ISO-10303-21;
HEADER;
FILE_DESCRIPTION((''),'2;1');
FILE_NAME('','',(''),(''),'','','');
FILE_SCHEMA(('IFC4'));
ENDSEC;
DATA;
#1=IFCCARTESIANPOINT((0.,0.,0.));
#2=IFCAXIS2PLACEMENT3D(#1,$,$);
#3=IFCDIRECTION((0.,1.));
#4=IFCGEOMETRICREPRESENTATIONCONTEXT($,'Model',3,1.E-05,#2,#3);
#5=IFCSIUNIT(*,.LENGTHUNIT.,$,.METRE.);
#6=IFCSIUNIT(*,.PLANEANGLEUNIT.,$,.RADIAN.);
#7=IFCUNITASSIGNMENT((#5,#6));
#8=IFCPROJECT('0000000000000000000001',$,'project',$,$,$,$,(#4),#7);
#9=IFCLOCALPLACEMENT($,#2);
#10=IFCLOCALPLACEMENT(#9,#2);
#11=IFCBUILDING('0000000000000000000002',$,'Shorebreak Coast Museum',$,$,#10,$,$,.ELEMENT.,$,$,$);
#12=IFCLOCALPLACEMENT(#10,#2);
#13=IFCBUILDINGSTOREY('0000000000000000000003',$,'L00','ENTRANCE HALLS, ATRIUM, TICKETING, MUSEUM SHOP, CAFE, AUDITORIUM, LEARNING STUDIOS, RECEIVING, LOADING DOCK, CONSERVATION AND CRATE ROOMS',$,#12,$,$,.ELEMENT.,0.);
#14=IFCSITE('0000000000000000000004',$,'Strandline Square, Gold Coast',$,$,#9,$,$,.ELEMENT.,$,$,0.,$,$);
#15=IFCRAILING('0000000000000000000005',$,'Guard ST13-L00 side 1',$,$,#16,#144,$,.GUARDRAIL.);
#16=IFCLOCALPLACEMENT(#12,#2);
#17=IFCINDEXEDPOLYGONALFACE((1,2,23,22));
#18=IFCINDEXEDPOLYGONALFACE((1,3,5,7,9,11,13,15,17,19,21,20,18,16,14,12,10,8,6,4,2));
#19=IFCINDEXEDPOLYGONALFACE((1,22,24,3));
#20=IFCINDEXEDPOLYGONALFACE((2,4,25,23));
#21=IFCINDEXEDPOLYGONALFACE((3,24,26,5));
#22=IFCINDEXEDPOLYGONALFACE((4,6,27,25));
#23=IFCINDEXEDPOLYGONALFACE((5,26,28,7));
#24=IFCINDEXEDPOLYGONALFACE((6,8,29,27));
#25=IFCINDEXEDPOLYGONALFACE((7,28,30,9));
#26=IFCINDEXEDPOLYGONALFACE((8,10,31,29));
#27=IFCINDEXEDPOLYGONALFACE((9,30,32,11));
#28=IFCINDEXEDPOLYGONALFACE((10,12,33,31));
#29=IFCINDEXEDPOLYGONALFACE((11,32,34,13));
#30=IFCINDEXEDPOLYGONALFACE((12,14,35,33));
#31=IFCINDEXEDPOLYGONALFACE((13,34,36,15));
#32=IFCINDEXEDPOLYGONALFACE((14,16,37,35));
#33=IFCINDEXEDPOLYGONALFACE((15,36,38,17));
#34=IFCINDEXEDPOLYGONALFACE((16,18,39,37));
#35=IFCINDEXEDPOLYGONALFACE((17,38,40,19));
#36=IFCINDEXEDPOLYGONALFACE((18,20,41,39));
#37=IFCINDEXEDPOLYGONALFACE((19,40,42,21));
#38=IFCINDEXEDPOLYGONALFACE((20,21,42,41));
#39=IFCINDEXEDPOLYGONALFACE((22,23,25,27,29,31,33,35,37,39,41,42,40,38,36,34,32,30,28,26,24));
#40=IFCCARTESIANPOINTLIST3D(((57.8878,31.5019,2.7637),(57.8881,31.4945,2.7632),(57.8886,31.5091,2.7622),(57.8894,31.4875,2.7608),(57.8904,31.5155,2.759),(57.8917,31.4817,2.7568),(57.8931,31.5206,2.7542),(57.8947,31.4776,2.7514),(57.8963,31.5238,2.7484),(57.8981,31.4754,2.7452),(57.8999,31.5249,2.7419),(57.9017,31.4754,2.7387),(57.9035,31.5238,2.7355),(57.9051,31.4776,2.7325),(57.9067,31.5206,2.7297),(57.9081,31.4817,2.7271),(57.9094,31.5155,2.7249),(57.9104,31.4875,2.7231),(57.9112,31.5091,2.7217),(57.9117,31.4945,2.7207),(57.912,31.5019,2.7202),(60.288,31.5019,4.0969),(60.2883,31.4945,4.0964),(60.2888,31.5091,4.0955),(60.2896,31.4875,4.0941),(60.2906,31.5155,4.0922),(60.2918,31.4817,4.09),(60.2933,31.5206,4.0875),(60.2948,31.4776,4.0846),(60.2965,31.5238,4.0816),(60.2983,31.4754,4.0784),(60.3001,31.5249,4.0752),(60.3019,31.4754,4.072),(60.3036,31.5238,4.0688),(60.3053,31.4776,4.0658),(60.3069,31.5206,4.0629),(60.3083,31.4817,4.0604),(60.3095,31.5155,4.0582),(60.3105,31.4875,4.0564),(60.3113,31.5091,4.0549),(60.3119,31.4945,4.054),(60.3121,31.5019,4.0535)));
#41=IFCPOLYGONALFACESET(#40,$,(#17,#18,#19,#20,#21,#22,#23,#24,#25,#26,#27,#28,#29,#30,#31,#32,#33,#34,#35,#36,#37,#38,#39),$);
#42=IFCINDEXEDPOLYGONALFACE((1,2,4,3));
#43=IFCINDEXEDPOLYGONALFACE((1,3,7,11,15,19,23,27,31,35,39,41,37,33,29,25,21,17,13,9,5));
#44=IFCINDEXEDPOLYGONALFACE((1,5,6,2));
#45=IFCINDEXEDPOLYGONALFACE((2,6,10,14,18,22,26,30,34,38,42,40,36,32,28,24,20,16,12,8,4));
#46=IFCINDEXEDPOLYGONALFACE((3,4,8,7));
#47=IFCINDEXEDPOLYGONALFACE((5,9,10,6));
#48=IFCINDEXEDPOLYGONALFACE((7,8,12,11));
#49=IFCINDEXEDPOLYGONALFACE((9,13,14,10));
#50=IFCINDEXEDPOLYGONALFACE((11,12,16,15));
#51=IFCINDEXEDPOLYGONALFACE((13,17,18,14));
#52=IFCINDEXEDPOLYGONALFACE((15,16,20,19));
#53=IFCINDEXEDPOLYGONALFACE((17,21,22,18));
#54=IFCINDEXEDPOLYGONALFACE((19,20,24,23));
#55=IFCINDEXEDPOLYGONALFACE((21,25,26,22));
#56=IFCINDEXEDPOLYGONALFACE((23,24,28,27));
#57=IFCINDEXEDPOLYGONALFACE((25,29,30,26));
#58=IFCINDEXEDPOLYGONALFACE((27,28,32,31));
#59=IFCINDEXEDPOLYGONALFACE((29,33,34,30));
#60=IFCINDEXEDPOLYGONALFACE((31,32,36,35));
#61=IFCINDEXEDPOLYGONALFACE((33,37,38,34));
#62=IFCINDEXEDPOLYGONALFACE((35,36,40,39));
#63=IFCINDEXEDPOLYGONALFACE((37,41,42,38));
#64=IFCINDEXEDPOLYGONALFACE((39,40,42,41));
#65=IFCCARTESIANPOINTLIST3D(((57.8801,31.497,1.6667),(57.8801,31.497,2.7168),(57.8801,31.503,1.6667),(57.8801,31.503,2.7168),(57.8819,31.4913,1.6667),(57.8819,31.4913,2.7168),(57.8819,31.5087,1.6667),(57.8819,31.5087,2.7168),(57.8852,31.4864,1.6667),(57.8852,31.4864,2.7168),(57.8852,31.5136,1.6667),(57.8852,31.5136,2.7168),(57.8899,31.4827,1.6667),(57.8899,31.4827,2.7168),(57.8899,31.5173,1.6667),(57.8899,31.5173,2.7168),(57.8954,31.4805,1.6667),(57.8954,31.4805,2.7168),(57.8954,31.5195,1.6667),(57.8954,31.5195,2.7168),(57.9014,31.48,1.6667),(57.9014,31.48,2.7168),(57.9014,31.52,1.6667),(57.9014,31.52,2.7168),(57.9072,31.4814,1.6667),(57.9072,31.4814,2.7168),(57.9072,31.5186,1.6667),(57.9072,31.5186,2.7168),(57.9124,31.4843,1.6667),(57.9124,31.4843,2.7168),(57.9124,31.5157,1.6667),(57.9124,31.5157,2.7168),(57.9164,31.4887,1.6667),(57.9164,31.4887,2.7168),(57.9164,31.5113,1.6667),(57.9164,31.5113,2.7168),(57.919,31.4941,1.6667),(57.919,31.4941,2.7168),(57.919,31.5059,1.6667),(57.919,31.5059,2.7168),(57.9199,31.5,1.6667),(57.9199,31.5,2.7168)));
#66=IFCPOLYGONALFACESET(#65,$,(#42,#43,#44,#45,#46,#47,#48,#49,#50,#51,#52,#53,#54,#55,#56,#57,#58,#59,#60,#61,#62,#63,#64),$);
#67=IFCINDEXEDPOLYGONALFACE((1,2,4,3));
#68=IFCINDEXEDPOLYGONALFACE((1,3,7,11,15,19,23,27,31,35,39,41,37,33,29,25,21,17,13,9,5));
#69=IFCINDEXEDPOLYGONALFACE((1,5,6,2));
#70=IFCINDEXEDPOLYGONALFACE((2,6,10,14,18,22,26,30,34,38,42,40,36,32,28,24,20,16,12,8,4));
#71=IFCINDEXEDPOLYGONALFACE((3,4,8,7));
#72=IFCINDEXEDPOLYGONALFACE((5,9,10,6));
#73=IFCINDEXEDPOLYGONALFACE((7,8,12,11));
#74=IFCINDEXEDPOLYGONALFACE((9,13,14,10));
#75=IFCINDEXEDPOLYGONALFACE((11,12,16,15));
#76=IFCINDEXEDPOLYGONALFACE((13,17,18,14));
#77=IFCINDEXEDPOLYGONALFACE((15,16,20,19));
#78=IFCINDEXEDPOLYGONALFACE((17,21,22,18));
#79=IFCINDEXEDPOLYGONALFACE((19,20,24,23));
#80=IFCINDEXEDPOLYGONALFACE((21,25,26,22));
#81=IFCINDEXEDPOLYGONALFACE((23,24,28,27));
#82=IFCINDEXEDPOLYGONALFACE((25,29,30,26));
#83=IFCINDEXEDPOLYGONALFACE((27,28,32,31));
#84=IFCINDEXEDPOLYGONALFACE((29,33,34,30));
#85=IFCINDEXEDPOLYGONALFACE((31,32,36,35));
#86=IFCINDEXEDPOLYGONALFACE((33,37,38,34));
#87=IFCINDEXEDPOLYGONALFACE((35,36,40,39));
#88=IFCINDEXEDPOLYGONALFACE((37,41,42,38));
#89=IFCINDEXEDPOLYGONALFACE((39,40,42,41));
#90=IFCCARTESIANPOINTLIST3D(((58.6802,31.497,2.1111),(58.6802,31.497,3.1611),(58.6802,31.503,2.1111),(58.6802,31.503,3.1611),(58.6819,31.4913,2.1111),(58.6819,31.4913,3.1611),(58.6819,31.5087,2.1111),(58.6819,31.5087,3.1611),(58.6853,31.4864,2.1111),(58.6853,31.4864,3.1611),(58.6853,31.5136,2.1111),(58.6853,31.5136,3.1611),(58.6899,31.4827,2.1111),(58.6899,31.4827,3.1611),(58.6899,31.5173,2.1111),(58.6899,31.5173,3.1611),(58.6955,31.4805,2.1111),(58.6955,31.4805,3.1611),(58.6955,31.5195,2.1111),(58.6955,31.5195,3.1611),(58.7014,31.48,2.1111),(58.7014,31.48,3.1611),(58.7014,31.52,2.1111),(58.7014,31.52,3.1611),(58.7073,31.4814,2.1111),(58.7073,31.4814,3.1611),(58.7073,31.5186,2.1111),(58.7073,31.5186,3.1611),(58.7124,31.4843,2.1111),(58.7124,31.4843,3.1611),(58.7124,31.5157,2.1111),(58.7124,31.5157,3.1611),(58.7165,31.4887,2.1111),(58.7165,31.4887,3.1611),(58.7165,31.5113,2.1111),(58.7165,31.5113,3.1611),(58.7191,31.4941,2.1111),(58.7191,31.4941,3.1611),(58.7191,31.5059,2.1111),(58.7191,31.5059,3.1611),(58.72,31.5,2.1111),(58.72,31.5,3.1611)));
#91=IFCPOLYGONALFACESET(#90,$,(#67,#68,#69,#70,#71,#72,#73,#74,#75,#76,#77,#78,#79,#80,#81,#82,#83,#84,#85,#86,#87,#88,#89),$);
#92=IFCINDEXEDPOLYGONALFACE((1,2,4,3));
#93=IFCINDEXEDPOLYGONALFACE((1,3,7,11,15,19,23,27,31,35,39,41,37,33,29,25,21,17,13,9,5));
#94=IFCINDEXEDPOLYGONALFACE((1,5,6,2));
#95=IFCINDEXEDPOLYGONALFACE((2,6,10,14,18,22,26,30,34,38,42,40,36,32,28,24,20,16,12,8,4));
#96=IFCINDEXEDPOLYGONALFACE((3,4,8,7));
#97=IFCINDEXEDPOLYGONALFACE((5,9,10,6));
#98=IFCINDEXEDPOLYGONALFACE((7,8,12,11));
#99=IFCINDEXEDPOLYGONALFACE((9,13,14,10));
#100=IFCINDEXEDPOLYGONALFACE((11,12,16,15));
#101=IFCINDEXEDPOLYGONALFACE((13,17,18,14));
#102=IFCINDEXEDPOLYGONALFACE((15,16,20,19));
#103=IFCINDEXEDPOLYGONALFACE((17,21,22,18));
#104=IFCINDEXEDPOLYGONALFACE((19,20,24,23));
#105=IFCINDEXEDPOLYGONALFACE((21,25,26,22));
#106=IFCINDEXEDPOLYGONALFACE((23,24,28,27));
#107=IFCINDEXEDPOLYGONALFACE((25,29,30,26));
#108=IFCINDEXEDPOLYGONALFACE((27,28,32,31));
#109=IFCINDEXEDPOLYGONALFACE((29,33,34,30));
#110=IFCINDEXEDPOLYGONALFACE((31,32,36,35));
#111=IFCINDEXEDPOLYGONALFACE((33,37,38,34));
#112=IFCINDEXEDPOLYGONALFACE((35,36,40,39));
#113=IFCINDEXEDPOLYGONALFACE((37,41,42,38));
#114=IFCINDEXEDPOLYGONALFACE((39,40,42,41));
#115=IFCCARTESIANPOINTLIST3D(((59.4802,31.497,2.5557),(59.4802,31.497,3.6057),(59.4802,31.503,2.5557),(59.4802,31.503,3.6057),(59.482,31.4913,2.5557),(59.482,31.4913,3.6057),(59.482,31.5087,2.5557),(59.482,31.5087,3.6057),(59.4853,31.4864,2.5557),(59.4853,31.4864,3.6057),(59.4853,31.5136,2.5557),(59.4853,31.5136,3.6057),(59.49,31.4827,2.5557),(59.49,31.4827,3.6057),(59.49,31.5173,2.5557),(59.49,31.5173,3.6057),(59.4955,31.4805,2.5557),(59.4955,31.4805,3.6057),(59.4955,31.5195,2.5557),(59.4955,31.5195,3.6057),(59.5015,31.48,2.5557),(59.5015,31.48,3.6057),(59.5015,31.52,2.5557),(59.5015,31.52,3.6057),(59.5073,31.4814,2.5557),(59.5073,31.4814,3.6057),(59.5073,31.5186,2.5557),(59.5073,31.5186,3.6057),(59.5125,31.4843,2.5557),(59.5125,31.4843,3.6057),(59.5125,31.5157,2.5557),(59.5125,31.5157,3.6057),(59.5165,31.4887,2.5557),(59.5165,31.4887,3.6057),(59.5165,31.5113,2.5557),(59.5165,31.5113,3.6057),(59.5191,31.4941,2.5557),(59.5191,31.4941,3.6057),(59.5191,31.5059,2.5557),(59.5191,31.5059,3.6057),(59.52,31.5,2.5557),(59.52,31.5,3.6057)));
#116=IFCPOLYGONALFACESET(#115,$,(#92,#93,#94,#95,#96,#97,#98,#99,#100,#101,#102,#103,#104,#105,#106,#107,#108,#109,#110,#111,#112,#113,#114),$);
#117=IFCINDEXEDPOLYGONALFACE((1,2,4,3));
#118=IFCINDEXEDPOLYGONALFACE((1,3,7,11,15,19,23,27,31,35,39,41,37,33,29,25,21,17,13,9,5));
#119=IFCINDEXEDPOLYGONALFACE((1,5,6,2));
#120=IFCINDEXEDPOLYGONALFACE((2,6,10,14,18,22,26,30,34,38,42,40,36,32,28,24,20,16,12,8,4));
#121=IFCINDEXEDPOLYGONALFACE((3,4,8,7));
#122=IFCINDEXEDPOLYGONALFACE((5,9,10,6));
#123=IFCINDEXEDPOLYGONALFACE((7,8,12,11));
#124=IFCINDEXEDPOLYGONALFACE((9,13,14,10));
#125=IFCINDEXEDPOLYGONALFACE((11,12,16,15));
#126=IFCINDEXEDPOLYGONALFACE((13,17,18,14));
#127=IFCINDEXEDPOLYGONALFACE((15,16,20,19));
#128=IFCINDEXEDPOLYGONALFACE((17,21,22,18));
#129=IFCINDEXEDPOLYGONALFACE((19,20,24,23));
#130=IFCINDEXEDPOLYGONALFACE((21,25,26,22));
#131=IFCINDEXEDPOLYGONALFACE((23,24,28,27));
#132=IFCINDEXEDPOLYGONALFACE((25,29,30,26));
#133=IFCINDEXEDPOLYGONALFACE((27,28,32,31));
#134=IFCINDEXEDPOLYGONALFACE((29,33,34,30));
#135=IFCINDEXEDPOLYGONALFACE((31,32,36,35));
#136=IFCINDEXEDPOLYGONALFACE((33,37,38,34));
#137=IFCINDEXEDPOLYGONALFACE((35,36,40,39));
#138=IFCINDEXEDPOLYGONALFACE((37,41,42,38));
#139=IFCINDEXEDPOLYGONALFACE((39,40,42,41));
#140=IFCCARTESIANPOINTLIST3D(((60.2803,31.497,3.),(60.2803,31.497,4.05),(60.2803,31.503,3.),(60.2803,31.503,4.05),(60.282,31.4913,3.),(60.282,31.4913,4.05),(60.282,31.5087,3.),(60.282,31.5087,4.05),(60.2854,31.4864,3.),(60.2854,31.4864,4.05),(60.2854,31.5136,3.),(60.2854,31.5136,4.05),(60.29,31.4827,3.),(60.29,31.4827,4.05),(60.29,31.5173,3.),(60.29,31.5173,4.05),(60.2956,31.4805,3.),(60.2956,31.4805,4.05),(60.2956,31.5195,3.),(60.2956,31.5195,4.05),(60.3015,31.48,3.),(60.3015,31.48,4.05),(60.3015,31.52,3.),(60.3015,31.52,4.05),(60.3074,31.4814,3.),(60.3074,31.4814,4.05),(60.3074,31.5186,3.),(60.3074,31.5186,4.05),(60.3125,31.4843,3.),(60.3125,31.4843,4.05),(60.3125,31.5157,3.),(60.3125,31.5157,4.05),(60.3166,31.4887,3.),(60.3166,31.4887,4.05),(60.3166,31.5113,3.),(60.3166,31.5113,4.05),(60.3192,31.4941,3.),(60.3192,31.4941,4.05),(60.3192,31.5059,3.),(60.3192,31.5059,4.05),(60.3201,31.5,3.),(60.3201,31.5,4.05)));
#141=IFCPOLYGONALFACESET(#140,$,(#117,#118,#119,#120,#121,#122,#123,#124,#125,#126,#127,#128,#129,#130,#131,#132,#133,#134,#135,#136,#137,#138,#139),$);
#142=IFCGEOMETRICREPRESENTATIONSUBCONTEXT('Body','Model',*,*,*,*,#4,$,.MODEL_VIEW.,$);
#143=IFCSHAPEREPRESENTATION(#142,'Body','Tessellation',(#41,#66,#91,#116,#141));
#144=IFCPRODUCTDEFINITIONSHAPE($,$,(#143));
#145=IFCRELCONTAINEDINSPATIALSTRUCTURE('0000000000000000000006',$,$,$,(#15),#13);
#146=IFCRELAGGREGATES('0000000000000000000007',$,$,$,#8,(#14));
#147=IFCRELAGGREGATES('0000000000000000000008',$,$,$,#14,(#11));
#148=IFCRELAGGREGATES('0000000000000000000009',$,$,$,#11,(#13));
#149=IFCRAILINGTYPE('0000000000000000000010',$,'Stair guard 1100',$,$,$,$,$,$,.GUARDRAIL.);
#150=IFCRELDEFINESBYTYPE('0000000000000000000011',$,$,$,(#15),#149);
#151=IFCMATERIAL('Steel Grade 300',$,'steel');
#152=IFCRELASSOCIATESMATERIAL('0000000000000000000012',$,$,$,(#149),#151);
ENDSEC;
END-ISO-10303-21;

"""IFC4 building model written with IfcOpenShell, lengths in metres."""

from ifc_helpers import new_model, si_unit, direction, frame, origin, origin_2d, place, context, subcontext, project, spatial, circle, extrude, material, type_object, element, save


model = new_model("IFC4")

# Units and contexts
model_context = context("Model", 3, precision=1e-05, world=origin(), true_north=direction((0.0, 1.0)))
body_context = subcontext(model_context, "Body", "Model", "MODEL_VIEW")
ifc_project = project(units=[si_unit("LENGTHUNIT", "METRE"), si_unit("PLANEANGLEUNIT", "RADIAN")], contexts=[model_context])

# Site, building, storey
site_placement = place(None, origin())
site = spatial("IfcSite", under=ifc_project, at=site_placement, Name="Strandline Square, Gold Coast", CompositionType="ELEMENT", RefElevation=0.0)
building_placement = place(site_placement, origin())
building = spatial("IfcBuilding", under=site, at=building_placement, Name="Shorebreak Coast Museum", CompositionType="ELEMENT")
storey_placement = place(building_placement, origin())
storey = spatial("IfcBuildingStorey", under=building, at=storey_placement, Name="L00", Description="ENTRANCE HALLS, ATRIUM, TICKETING, MUSEUM SHOP, CAFE, AUDITORIUM, LEARNING STUDIOS, RECEIVING, LOADING DOCK, CONSERVATION AND CRATE ROOMS", CompositionType="ELEMENT", Elevation=0.0)

# Railing
ifc_material_1 = material(Name="Steel Grade 300", Category="steel")
railing_type_1 = type_object("IfcRailingType", Name="Stair guard 1100", PredefinedType="GUARDRAIL", material=ifc_material_1)
for number, where, name in (
    (1, (57.8999, 31.5, 1.6667), "Guard ST13-L00 side 1"),
):
    element("IfcRailing", number, at=place(storey_placement, frame(where)), inside=storey, type_object=railing_type_1, Name=name, PredefinedType="GUARDRAIL", context=body_context, shape_type="SweptSolid", body=[
        extrude(circle(Radius=0.0249, at=origin_2d()), frame((0.0, 0.0, 1.0752), z_axis=(0.874182, 0.0, 0.485598), x_axis=(0.0, 1.0, 0.0)), (0.0, 0.0, 1.0), 2.7456),
        extrude(circle(Radius=0.02, at=origin_2d()), origin(), (0.0, 0.0, 1.0), 1.05),
        extrude(circle(Radius=0.02, at=origin_2d()), frame((0.8, 0.0, 0.4443)), (0.0, 0.0, 1.0), 1.05),
        extrude(circle(Radius=0.02, at=origin_2d()), frame((1.6001, 0.0, 0.8889)), (0.0, 0.0, 1.0), 1.05),
        extrude(circle(Radius=0.02, at=origin_2d()), frame((2.4001, 0.0, 1.3333)), (0.0, 0.0, 1.0), 1.05),
    ])

save(model, "model.ifc")
